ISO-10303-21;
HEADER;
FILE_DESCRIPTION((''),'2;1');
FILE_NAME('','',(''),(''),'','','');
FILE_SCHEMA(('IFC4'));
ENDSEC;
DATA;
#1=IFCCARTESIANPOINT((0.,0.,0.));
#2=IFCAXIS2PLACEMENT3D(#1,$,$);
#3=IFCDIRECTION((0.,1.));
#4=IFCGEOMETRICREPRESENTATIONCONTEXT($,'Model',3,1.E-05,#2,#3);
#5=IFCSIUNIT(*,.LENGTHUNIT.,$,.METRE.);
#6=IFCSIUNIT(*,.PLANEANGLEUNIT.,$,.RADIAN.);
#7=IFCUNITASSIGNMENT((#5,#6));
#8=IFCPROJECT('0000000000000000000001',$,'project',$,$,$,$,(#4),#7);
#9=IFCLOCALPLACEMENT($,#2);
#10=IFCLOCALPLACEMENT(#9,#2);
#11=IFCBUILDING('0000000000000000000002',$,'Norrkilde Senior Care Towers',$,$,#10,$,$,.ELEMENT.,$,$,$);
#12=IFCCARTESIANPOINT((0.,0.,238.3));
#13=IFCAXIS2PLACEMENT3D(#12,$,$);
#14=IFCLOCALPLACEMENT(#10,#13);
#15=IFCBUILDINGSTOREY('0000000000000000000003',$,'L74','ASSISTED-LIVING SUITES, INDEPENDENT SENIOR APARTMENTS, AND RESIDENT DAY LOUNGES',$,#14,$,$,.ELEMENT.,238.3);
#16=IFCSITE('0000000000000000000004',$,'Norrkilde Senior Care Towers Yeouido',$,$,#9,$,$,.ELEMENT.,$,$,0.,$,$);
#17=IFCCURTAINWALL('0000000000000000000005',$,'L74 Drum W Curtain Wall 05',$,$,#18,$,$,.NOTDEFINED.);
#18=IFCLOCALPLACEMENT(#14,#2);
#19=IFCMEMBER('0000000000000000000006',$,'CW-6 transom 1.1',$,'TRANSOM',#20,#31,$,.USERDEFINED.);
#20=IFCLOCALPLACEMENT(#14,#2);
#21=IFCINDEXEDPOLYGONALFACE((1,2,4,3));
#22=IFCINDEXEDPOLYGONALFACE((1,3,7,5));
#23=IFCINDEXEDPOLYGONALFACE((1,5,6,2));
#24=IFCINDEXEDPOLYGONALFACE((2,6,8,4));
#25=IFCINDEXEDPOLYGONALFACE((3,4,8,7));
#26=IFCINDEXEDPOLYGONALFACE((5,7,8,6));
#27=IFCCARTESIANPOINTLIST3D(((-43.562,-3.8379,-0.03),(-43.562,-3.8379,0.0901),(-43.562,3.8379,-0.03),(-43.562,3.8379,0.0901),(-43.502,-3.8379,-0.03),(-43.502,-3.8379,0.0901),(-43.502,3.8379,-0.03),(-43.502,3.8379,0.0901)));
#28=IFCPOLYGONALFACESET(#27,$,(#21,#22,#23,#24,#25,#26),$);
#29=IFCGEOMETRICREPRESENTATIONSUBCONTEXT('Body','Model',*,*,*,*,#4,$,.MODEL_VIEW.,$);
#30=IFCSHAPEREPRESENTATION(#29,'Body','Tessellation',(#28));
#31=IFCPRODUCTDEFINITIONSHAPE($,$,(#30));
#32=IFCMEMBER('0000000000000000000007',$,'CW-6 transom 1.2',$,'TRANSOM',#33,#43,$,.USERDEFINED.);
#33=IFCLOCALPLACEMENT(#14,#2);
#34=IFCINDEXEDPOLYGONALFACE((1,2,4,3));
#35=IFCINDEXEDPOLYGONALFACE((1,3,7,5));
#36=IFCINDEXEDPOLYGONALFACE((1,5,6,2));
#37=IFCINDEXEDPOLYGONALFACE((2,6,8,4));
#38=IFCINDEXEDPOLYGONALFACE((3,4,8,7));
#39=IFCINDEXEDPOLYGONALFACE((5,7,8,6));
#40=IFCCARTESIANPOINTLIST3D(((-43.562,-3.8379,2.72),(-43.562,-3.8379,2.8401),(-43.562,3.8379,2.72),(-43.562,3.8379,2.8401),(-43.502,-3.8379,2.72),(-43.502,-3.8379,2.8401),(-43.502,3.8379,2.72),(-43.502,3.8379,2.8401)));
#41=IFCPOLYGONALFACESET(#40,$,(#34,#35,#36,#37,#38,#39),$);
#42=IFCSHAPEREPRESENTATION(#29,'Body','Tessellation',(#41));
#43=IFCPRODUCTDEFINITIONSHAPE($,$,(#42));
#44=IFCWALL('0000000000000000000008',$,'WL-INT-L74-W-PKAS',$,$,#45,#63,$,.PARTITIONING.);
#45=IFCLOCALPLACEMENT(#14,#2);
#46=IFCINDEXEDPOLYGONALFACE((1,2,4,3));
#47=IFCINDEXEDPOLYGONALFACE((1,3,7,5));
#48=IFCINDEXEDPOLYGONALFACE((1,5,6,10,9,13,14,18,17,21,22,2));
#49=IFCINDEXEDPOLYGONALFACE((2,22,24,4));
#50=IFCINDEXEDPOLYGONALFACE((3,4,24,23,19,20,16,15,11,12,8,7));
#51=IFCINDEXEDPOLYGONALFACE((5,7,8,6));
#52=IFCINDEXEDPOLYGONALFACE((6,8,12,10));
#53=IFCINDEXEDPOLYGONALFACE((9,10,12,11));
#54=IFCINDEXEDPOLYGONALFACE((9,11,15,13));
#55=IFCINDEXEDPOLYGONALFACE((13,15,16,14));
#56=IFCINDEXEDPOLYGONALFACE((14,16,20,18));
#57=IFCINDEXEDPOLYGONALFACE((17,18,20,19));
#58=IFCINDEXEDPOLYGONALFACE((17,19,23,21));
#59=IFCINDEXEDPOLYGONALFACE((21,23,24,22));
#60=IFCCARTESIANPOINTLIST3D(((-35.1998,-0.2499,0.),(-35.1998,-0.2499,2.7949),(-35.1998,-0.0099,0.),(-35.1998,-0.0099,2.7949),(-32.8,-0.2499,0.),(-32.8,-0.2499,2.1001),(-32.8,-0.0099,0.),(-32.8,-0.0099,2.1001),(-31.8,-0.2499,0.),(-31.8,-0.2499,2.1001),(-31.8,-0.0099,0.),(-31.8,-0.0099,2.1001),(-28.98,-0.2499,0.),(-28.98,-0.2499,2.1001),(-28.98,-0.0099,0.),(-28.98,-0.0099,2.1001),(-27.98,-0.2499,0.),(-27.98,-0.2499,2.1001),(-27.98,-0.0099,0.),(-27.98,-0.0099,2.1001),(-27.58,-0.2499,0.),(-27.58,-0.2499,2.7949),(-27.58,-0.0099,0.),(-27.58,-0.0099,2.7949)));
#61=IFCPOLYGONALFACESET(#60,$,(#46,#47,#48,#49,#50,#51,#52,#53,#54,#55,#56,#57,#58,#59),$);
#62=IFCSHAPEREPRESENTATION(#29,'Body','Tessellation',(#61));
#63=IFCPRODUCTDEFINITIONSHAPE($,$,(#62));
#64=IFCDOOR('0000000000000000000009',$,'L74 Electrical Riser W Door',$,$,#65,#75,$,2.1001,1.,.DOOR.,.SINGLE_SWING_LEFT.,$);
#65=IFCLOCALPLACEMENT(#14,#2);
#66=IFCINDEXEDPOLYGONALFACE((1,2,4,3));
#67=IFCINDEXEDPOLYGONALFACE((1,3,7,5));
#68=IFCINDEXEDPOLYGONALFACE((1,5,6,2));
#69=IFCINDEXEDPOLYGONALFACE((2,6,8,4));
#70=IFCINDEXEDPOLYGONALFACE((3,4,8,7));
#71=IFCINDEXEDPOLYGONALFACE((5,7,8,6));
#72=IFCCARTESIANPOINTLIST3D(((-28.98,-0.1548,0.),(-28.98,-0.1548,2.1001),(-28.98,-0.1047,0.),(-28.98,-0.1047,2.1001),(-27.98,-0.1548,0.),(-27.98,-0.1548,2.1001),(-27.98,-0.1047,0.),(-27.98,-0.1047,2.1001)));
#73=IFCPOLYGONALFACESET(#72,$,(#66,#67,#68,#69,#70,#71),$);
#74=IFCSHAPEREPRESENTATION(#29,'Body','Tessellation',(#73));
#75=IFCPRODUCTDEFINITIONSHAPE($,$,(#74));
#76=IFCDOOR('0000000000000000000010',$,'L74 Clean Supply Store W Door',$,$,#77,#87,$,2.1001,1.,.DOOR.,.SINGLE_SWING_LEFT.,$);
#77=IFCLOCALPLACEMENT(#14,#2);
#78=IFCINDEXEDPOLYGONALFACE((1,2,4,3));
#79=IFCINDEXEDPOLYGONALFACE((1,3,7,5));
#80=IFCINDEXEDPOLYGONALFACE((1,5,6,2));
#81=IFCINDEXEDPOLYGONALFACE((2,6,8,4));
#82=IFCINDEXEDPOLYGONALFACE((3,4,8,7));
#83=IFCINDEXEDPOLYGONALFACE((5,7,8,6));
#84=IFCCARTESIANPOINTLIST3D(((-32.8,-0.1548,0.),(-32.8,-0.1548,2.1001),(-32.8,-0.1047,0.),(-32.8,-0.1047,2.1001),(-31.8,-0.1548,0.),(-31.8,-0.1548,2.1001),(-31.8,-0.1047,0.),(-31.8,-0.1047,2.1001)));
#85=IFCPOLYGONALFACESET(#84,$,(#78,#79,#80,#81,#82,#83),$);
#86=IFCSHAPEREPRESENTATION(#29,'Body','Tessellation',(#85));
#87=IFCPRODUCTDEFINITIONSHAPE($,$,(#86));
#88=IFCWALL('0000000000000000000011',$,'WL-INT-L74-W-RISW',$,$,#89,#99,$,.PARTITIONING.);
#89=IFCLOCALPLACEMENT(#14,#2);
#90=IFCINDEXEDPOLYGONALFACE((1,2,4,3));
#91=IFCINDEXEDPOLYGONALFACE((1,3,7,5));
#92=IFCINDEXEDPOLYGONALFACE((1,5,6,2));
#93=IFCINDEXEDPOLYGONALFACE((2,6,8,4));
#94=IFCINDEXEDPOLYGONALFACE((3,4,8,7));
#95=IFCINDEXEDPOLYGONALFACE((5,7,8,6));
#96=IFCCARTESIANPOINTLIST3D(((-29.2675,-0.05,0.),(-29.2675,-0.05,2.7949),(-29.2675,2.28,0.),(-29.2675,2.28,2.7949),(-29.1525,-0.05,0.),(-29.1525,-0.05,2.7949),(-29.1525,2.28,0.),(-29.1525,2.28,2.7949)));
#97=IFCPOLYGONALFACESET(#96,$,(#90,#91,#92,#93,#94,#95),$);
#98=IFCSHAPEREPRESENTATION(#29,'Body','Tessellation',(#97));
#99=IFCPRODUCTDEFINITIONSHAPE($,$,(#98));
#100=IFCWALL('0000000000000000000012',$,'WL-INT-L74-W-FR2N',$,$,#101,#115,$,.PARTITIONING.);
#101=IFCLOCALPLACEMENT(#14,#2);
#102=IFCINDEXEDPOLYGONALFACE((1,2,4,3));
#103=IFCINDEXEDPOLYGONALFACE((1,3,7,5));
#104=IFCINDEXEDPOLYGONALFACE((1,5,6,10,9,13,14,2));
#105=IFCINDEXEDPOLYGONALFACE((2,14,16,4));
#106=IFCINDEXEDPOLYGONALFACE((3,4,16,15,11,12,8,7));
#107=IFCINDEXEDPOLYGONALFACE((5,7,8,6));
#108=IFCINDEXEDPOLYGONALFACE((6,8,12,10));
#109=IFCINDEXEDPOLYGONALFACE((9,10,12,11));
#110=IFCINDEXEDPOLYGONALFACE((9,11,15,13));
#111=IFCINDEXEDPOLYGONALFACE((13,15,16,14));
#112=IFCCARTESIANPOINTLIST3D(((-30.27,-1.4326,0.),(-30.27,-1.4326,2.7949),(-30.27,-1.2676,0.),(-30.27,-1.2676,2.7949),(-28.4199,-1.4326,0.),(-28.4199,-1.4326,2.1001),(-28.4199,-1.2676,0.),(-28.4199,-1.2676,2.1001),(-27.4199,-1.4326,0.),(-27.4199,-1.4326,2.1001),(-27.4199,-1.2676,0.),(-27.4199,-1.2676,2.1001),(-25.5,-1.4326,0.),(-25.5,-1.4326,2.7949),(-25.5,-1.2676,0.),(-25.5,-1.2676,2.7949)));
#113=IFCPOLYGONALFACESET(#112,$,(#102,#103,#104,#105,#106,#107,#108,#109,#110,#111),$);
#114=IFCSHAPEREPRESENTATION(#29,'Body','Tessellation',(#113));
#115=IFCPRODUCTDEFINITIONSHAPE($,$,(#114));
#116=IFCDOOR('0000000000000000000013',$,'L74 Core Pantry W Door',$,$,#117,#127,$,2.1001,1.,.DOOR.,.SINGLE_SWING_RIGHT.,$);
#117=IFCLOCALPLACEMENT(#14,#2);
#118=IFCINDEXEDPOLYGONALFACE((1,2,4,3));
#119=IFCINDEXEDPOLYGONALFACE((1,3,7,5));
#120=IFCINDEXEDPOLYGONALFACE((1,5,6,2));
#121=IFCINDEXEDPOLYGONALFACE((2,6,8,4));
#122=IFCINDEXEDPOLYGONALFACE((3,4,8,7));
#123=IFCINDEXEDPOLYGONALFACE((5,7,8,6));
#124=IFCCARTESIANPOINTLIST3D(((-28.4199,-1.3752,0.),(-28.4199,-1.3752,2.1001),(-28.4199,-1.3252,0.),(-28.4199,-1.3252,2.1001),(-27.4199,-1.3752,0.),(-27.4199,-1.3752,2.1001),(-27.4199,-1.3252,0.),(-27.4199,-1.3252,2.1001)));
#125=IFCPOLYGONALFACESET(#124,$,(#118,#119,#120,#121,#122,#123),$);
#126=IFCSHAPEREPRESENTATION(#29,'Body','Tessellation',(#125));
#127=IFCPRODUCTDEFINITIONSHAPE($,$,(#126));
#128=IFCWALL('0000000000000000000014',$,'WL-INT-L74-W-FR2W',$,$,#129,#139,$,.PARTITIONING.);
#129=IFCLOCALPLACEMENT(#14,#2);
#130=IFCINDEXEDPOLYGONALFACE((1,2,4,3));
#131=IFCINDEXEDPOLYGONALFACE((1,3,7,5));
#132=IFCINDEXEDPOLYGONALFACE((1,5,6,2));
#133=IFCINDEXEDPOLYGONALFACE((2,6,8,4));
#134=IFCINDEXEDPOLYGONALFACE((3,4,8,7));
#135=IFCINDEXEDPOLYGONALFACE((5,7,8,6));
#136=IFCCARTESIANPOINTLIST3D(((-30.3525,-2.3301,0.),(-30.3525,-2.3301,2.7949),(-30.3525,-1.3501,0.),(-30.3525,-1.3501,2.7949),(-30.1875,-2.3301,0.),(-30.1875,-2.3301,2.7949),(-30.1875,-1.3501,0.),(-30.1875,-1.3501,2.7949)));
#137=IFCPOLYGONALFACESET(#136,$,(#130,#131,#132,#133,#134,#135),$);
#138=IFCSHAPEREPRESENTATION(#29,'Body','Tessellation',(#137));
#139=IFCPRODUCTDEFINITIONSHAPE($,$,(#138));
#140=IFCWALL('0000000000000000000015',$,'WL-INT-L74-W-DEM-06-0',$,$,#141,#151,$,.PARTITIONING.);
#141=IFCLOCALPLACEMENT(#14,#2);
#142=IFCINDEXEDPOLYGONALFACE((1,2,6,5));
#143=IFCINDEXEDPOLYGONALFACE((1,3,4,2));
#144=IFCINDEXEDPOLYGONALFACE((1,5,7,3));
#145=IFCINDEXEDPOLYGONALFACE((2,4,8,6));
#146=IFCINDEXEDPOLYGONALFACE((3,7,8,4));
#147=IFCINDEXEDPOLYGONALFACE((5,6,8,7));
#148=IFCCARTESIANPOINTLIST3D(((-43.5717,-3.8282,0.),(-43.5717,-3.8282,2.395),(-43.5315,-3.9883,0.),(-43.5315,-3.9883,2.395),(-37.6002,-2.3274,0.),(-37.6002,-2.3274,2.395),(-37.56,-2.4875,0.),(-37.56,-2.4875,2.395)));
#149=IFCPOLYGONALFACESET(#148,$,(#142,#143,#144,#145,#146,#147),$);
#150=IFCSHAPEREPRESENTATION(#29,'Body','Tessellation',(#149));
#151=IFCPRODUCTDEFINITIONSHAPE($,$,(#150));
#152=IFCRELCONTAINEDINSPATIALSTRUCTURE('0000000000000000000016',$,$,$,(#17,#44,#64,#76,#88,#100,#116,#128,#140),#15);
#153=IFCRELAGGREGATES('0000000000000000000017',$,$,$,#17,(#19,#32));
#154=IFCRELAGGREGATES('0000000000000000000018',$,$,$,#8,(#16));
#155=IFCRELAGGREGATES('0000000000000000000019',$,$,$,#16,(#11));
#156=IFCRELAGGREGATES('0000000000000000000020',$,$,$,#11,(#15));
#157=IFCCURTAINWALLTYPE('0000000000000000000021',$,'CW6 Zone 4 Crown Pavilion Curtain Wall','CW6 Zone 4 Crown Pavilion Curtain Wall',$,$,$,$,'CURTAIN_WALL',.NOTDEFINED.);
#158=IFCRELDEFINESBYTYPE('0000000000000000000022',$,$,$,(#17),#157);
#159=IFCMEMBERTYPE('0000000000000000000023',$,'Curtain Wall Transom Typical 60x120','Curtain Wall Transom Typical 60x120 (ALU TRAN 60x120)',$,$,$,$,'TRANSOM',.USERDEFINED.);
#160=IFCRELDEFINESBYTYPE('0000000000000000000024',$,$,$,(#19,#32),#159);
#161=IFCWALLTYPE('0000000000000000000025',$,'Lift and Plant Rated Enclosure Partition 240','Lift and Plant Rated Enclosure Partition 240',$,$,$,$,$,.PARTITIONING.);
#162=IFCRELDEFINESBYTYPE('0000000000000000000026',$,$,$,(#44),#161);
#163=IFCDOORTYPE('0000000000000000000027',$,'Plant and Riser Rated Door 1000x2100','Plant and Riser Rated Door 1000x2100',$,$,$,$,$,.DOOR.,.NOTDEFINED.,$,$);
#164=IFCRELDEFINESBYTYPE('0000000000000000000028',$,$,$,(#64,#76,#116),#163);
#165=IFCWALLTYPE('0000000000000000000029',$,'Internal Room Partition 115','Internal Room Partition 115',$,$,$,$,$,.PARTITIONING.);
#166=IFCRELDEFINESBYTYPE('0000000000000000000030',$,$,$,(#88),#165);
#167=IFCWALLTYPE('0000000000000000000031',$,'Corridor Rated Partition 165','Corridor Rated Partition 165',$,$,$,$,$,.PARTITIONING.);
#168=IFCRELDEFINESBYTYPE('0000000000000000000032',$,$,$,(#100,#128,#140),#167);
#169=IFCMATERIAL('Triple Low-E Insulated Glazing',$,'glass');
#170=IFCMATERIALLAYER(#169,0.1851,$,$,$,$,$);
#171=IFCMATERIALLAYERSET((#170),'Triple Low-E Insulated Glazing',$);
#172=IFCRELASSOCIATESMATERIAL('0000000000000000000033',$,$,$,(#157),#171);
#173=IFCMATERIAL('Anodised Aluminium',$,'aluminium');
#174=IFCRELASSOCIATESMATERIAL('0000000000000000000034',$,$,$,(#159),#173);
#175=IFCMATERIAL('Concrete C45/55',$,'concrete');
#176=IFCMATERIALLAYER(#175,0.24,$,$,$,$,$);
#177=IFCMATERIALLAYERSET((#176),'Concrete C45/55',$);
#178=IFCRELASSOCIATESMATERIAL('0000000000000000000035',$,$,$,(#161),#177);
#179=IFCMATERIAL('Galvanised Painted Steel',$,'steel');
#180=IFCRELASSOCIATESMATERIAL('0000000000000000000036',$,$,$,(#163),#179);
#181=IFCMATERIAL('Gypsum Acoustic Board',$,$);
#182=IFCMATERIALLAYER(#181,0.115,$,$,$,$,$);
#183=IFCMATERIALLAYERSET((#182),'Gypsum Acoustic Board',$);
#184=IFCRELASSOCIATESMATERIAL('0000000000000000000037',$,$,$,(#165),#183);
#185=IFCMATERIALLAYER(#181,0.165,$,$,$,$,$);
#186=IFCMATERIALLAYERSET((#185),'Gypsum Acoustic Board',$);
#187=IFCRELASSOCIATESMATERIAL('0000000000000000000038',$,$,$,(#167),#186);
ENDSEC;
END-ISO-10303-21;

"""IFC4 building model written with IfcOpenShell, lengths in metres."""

from ifc_helpers import new_model, si_unit, direction, frame, frame_2d, origin, origin_2d, place, context, subcontext, project, spatial, rectangle, extrude, source, transform, mapped, material, layer, layer_set, material_profile, profile_set, type_object, type_shapes, element, fill, aggregate, save


model = new_model("IFC4")

# Units and contexts
model_context = context("Model", 3, precision=1e-05, world=origin(), true_north=direction((0.0, 1.0)))
body_context = subcontext(model_context, "Body", "Model", "MODEL_VIEW")
ifc_project = project(units=[si_unit("LENGTHUNIT", "METRE"), si_unit("PLANEANGLEUNIT", "RADIAN")], contexts=[model_context])

# Site, building, storey
site_placement = place(None, origin())
site = spatial("IfcSite", under=ifc_project, at=site_placement, Name="Norrkilde Senior Care Towers Yeouido", CompositionType="ELEMENT", RefElevation=0.0)
building_placement = place(site_placement, origin())
building = spatial("IfcBuilding", under=site, at=building_placement, Name="Norrkilde Senior Care Towers", CompositionType="ELEMENT")
storey_placement = place(building_placement, frame((0.0, 0.0, 238.3)))
storey = spatial("IfcBuildingStorey", under=building, at=storey_placement, Name="L74", Description="ASSISTED-LIVING SUITES, INDEPENDENT SENIOR APARTMENTS, AND RESIDENT DAY LOUNGES", CompositionType="ELEMENT", Elevation=238.3)

# Curtain wall
ifc_material_1 = material(Name="Triple Low-E Insulated Glazing", Category="glass")
ifc_layer_1 = layer(ifc_material_1, 0.1851)
ifc_layer_set_1 = layer_set([ifc_layer_1], Name="Triple Low-E Insulated Glazing")
curtain_wall_type = type_object("IfcCurtainWallType", Name="CW6 Zone 4 Crown Pavilion Curtain Wall", Description="CW6 Zone 4 Crown Pavilion Curtain Wall", ElementType="CURTAIN_WALL", PredefinedType="NOTDEFINED", material=ifc_layer_set_1)
curtain_wall_1_placement = place(storey_placement, origin())
curtain_wall_1 = element("IfcCurtainWall", 1, at=curtain_wall_1_placement, inside=storey, type_object=curtain_wall_type, Name="L74 Drum W Curtain Wall 05", PredefinedType="NOTDEFINED")
ifc_material_2 = material(Name="Anodised Aluminium", Category="aluminium")

# Members
ifc_material_profile_1 = material_profile(ifc_material_2, rectangle(XDim=0.0601, YDim=0.1201, at=origin_2d()), Name="ALU TRAN 60x120")
ifc_profile_set_1 = profile_set([ifc_material_profile_1], Name="Anodised Aluminium")
member_type_1 = type_object("IfcMemberType", Name="Curtain Wall Transom Typical 60x120", Description="Curtain Wall Transom Typical 60x120 (ALU TRAN 60x120)", ElementType="TRANSOM", PredefinedType="USERDEFINED", material=ifc_profile_set_1)
shared_shape_1 = source(origin(), body_context, "Body", "SweptSolid", [
    extrude(rectangle(XDim=0.0601, YDim=0.1201, at=origin_2d()), origin(), (0.0, 0.0, 1.0), 7.6758),
])
type_shapes(member_type_1, [shared_shape_1])
member_1_placement = place(storey_placement, frame((-43.532, -3.8379, 0.03), z_axis=(0.0, 1.0, 0.0), x_axis=(-1.0, 0.0, 0.0)))
member_1 = element("IfcMember", 2, at=member_1_placement, type_object=member_type_1, Name="CW-6 transom 1.1", ObjectType="TRANSOM", PredefinedType="USERDEFINED", context=body_context, shape_type="MappedRepresentation", body=[
    mapped(shared_shape_1, transform((0.0, 0.0, 0.0), x_axis=(1.0, 0.0, 0.0), y_axis=(0.0, 1.0, 0.0), z_axis=(0.0, 0.0, 1.0), scale=1.0)),
])
member_2_placement = place(storey_placement, frame((-43.532, -3.8379, 2.78), z_axis=(0.0, 1.0, 0.0), x_axis=(-1.0, 0.0, 0.0)))
member_2 = element("IfcMember", 3, at=member_2_placement, type_object=member_type_1, Name="CW-6 transom 1.2", ObjectType="TRANSOM", PredefinedType="USERDEFINED", context=body_context, shape_type="MappedRepresentation", body=[
    mapped(shared_shape_1, transform((0.0, 0.0, 0.0), x_axis=(1.0, 0.0, 0.0), y_axis=(0.0, 1.0, 0.0), z_axis=(0.0, 0.0, 1.0), scale=1.0)),
])
aggregate(curtain_wall_1, [member_1, member_2])

# Shared definitions
ifc_material_3 = material(Name="Galvanised Painted Steel", Category="steel")

# Wall, openings, doors
ifc_material_4 = material(Name="Concrete C45/55", Category="concrete")
ifc_layer_2 = layer(ifc_material_4, 0.24)
ifc_layer_set_2 = layer_set([ifc_layer_2], Name="Concrete C45/55")
wall_type_1 = type_object("IfcWallType", Name="Lift and Plant Rated Enclosure Partition 240", Description="Lift and Plant Rated Enclosure Partition 240", PredefinedType="PARTITIONING", material=ifc_layer_set_2)
shared_shape_2 = source(origin(), body_context, "Body", "SweptSolid", [
    extrude(rectangle(XDim=7.6199, YDim=0.24, at=frame_2d((3.8101, 0.0))), origin(), (0.0, 0.0, 1.0), 2.7949),
])
type_shapes(wall_type_1, [shared_shape_2])
wall_1_placement = place(storey_placement, frame((-35.2, -0.1299, 0.0), z_axis=(0.0, 0.0, 1.0), x_axis=(1.0, 0.0, 0.0)))
wall_1 = element("IfcWall", 4, at=wall_1_placement, inside=storey, type_object=wall_type_1, Name="WL-INT-L74-W-PKAS", PredefinedType="PARTITIONING", context=body_context, shape_type="MappedRepresentation", body=[
    mapped(shared_shape_2, transform((0.0, 0.0, 0.0), x_axis=(1.0, 0.0, 0.0), y_axis=(0.0, 1.0, 0.0), z_axis=(0.0, 0.0, 1.0), scale=1.0)),
])
opening_1_placement = place(wall_1_placement, frame((6.22, 0.0, 0.0)))
opening_1 = element("IfcOpeningElement", 5, at=opening_1_placement, cuts=wall_1, PredefinedType="OPENING", context=body_context, shape_type="SweptSolid", body=[
    extrude(rectangle(XDim=1.0, YDim=2.1001, at=frame_2d((0.5, 1.05))), frame((0.0, 0.1299, 0.0), z_axis=(0.0, -1.0, 0.0), x_axis=(1.0, 0.0, 0.0)), (0.0, 0.0, 1.0), 0.26),
])
opening_2_placement = place(wall_1_placement, frame((2.3999, 0.0, 0.0)))
opening_2 = element("IfcOpeningElement", 6, at=opening_2_placement, cuts=wall_1, PredefinedType="OPENING", context=body_context, shape_type="SweptSolid", body=[
    extrude(rectangle(XDim=1.0, YDim=2.1001, at=frame_2d((0.5, 1.05))), frame((0.0, 0.1299, 0.0), z_axis=(0.0, -1.0, 0.0), x_axis=(1.0, 0.0, 0.0)), (0.0, 0.0, 1.0), 0.26),
])
door_type_1 = type_object("IfcDoorType", Name="Plant and Riser Rated Door 1000x2100", Description="Plant and Riser Rated Door 1000x2100", OperationType="NOTDEFINED", PredefinedType="DOOR", material=ifc_material_3)
shared_shape_3 = source(origin(), body_context, "Body", "SweptSolid", [
    extrude(rectangle(XDim=1.0, YDim=2.1001, at=frame_2d((0.5, 1.05))), frame((0.0, 0.0249, 0.0), z_axis=(0.0, -1.0, 0.0), x_axis=(1.0, 0.0, 0.0)), (0.0, 0.0, 1.0), 0.05),
])
type_shapes(door_type_1, [shared_shape_3])
door_1_placement = place(opening_1_placement, frame((1.0, 0.0, 0.0), z_axis=(0.0, 0.0, 1.0), x_axis=(-1.0, 0.0, 0.0)))
door_1 = element("IfcDoor", 7, at=door_1_placement, inside=storey, type_object=door_type_1, Name="L74 Electrical Riser W Door", OperationType="SINGLE_SWING_LEFT", OverallHeight=2.1001, OverallWidth=1.0, PredefinedType="DOOR", context=body_context, shape_type="MappedRepresentation", body=[
    mapped(shared_shape_3, transform((0.0, 0.0, 0.0), x_axis=(1.0, 0.0, 0.0), y_axis=(0.0, 1.0, 0.0), z_axis=(0.0, 0.0, 1.0), scale=1.0)),
])
fill(opening_1, door_1)
door_2_placement = place(opening_2_placement, frame((1.0, 0.0, 0.0), z_axis=(0.0, 0.0, 1.0), x_axis=(-1.0, 0.0, 0.0)))
door_2 = element("IfcDoor", 8, at=door_2_placement, inside=storey, type_object=door_type_1, Name="L74 Clean Supply Store W Door", OperationType="SINGLE_SWING_LEFT", OverallHeight=2.1001, OverallWidth=1.0, PredefinedType="DOOR", context=body_context, shape_type="MappedRepresentation", body=[
    mapped(shared_shape_3, transform((0.0, 0.0, 0.0), x_axis=(1.0, 0.0, 0.0), y_axis=(0.0, 1.0, 0.0), z_axis=(0.0, 0.0, 1.0), scale=1.0)),
])
fill(opening_2, door_2)

# Wall
ifc_material_5 = material(Name="Gypsum Acoustic Board")
ifc_layer_3 = layer(ifc_material_5, 0.115)
ifc_layer_set_3 = layer_set([ifc_layer_3], Name="Gypsum Acoustic Board")
wall_type_2 = type_object("IfcWallType", Name="Internal Room Partition 115", Description="Internal Room Partition 115", PredefinedType="PARTITIONING", material=ifc_layer_set_3)
shared_shape_4 = source(origin(), body_context, "Body", "SweptSolid", [
    extrude(rectangle(XDim=2.3301, YDim=0.115, at=frame_2d((1.165, 0.0))), origin(), (0.0, 0.0, 1.0), 2.7949),
])
type_shapes(wall_type_2, [shared_shape_4])
wall_2_placement = place(storey_placement, frame((-29.21, -0.05, 0.0), z_axis=(0.0, 0.0, 1.0), x_axis=(0.0, 1.0, 0.0)))
element("IfcWall", 9, at=wall_2_placement, inside=storey, type_object=wall_type_2, Name="WL-INT-L74-W-RISW", PredefinedType="PARTITIONING", context=body_context, shape_type="MappedRepresentation", body=[
    mapped(shared_shape_4, transform((0.0, 0.0, 0.0), x_axis=(1.0, 0.0, 0.0), y_axis=(0.0, 1.0, 0.0), z_axis=(0.0, 0.0, 1.0), scale=1.0)),
])

# Wall, opening, door
ifc_layer_4 = layer(ifc_material_5, 0.165)
ifc_layer_set_4 = layer_set([ifc_layer_4], Name="Gypsum Acoustic Board")
wall_type_3 = type_object("IfcWallType", Name="Corridor Rated Partition 165", Description="Corridor Rated Partition 165", PredefinedType="PARTITIONING", material=ifc_layer_set_4)
shared_shape_5 = source(origin(), body_context, "Body", "SweptSolid", [
    extrude(rectangle(XDim=4.77, YDim=0.165, at=frame_2d((2.385, 0.0))), origin(), (0.0, 0.0, 1.0), 2.7949),
])
wall_3_placement = place(storey_placement, frame((-30.27, -1.3501, 0.0), z_axis=(0.0, 0.0, 1.0), x_axis=(1.0, 0.0, 0.0)))
wall_3 = element("IfcWall", 10, at=wall_3_placement, inside=storey, type_object=wall_type_3, Name="WL-INT-L74-W-FR2N", PredefinedType="PARTITIONING", context=body_context, shape_type="MappedRepresentation", body=[
    mapped(shared_shape_5, transform((0.0, 0.0, 0.0), x_axis=(1.0, 0.0, 0.0), y_axis=(0.0, 1.0, 0.0), z_axis=(0.0, 0.0, 1.0), scale=1.0)),
])
opening_3_placement = place(wall_3_placement, frame((1.8501, 0.0, 0.0)))
opening_3 = element("IfcOpeningElement", 11, at=opening_3_placement, cuts=wall_3, PredefinedType="OPENING", context=body_context, shape_type="SweptSolid", body=[
    extrude(rectangle(XDim=1.0, YDim=2.1001, at=frame_2d((0.5, 1.05))), frame((0.0, 0.0925, 0.0), z_axis=(0.0, -1.0, 0.0), x_axis=(1.0, 0.0, 0.0)), (0.0, 0.0, 1.0), 0.1851),
])
door_3_placement = place(opening_3_placement, origin())
door_3 = element("IfcDoor", 12, at=door_3_placement, inside=storey, type_object=door_type_1, Name="L74 Core Pantry W Door", OperationType="SINGLE_SWING_RIGHT", OverallHeight=2.1001, OverallWidth=1.0, PredefinedType="DOOR", context=body_context, shape_type="MappedRepresentation", body=[
    mapped(shared_shape_3, transform((0.0, 0.0, 0.0), x_axis=(1.0, 0.0, 0.0), y_axis=(0.0, 1.0, 0.0), z_axis=(0.0, 0.0, 1.0), scale=1.0)),
])
fill(opening_3, door_3)

# Wall
shared_shape_6 = source(origin(), body_context, "Body", "SweptSolid", [
    extrude(rectangle(XDim=0.98, YDim=0.165, at=frame_2d((0.49, 0.0))), origin(), (0.0, 0.0, 1.0), 2.7949),
])
wall_4_placement = place(storey_placement, frame((-30.27, -2.3301, 0.0), z_axis=(0.0, 0.0, 1.0), x_axis=(0.0, 1.0, 0.0)))
element("IfcWall", 13, at=wall_4_placement, inside=storey, type_object=wall_type_3, Name="WL-INT-L74-W-FR2W", PredefinedType="PARTITIONING", context=body_context, shape_type="MappedRepresentation", body=[
    mapped(shared_shape_6, transform((0.0, 0.0, 0.0), x_axis=(1.0, 0.0, 0.0), y_axis=(0.0, 1.0, 0.0), z_axis=(0.0, 0.0, 1.0), scale=1.0)),
])

# Wall
shared_shape_7 = source(origin(), body_context, "Body", "SweptSolid", [
    extrude(rectangle(XDim=6.1572, YDim=0.165, at=frame_2d((3.0786, 0.0))), origin(), (0.0, 0.0, 1.0), 2.395),
])
wall_5_placement = place(storey_placement, frame((-37.5801, -2.4075, 0.0), z_axis=(0.0, 0.0, 1.0), x_axis=(-0.969841, -0.243739, 0.0)))
element("IfcWall", 14, at=wall_5_placement, inside=storey, type_object=wall_type_3, Name="WL-INT-L74-W-DEM-06-0", PredefinedType="PARTITIONING", context=body_context, shape_type="MappedRepresentation", body=[
    mapped(shared_shape_7, transform((0.0, 0.0, 0.0), x_axis=(1.0, 0.0, 0.0), y_axis=(0.0, 1.0, 0.0), z_axis=(0.0, 0.0, 1.0), scale=1.0)),
])

save(model, "model.ifc")
